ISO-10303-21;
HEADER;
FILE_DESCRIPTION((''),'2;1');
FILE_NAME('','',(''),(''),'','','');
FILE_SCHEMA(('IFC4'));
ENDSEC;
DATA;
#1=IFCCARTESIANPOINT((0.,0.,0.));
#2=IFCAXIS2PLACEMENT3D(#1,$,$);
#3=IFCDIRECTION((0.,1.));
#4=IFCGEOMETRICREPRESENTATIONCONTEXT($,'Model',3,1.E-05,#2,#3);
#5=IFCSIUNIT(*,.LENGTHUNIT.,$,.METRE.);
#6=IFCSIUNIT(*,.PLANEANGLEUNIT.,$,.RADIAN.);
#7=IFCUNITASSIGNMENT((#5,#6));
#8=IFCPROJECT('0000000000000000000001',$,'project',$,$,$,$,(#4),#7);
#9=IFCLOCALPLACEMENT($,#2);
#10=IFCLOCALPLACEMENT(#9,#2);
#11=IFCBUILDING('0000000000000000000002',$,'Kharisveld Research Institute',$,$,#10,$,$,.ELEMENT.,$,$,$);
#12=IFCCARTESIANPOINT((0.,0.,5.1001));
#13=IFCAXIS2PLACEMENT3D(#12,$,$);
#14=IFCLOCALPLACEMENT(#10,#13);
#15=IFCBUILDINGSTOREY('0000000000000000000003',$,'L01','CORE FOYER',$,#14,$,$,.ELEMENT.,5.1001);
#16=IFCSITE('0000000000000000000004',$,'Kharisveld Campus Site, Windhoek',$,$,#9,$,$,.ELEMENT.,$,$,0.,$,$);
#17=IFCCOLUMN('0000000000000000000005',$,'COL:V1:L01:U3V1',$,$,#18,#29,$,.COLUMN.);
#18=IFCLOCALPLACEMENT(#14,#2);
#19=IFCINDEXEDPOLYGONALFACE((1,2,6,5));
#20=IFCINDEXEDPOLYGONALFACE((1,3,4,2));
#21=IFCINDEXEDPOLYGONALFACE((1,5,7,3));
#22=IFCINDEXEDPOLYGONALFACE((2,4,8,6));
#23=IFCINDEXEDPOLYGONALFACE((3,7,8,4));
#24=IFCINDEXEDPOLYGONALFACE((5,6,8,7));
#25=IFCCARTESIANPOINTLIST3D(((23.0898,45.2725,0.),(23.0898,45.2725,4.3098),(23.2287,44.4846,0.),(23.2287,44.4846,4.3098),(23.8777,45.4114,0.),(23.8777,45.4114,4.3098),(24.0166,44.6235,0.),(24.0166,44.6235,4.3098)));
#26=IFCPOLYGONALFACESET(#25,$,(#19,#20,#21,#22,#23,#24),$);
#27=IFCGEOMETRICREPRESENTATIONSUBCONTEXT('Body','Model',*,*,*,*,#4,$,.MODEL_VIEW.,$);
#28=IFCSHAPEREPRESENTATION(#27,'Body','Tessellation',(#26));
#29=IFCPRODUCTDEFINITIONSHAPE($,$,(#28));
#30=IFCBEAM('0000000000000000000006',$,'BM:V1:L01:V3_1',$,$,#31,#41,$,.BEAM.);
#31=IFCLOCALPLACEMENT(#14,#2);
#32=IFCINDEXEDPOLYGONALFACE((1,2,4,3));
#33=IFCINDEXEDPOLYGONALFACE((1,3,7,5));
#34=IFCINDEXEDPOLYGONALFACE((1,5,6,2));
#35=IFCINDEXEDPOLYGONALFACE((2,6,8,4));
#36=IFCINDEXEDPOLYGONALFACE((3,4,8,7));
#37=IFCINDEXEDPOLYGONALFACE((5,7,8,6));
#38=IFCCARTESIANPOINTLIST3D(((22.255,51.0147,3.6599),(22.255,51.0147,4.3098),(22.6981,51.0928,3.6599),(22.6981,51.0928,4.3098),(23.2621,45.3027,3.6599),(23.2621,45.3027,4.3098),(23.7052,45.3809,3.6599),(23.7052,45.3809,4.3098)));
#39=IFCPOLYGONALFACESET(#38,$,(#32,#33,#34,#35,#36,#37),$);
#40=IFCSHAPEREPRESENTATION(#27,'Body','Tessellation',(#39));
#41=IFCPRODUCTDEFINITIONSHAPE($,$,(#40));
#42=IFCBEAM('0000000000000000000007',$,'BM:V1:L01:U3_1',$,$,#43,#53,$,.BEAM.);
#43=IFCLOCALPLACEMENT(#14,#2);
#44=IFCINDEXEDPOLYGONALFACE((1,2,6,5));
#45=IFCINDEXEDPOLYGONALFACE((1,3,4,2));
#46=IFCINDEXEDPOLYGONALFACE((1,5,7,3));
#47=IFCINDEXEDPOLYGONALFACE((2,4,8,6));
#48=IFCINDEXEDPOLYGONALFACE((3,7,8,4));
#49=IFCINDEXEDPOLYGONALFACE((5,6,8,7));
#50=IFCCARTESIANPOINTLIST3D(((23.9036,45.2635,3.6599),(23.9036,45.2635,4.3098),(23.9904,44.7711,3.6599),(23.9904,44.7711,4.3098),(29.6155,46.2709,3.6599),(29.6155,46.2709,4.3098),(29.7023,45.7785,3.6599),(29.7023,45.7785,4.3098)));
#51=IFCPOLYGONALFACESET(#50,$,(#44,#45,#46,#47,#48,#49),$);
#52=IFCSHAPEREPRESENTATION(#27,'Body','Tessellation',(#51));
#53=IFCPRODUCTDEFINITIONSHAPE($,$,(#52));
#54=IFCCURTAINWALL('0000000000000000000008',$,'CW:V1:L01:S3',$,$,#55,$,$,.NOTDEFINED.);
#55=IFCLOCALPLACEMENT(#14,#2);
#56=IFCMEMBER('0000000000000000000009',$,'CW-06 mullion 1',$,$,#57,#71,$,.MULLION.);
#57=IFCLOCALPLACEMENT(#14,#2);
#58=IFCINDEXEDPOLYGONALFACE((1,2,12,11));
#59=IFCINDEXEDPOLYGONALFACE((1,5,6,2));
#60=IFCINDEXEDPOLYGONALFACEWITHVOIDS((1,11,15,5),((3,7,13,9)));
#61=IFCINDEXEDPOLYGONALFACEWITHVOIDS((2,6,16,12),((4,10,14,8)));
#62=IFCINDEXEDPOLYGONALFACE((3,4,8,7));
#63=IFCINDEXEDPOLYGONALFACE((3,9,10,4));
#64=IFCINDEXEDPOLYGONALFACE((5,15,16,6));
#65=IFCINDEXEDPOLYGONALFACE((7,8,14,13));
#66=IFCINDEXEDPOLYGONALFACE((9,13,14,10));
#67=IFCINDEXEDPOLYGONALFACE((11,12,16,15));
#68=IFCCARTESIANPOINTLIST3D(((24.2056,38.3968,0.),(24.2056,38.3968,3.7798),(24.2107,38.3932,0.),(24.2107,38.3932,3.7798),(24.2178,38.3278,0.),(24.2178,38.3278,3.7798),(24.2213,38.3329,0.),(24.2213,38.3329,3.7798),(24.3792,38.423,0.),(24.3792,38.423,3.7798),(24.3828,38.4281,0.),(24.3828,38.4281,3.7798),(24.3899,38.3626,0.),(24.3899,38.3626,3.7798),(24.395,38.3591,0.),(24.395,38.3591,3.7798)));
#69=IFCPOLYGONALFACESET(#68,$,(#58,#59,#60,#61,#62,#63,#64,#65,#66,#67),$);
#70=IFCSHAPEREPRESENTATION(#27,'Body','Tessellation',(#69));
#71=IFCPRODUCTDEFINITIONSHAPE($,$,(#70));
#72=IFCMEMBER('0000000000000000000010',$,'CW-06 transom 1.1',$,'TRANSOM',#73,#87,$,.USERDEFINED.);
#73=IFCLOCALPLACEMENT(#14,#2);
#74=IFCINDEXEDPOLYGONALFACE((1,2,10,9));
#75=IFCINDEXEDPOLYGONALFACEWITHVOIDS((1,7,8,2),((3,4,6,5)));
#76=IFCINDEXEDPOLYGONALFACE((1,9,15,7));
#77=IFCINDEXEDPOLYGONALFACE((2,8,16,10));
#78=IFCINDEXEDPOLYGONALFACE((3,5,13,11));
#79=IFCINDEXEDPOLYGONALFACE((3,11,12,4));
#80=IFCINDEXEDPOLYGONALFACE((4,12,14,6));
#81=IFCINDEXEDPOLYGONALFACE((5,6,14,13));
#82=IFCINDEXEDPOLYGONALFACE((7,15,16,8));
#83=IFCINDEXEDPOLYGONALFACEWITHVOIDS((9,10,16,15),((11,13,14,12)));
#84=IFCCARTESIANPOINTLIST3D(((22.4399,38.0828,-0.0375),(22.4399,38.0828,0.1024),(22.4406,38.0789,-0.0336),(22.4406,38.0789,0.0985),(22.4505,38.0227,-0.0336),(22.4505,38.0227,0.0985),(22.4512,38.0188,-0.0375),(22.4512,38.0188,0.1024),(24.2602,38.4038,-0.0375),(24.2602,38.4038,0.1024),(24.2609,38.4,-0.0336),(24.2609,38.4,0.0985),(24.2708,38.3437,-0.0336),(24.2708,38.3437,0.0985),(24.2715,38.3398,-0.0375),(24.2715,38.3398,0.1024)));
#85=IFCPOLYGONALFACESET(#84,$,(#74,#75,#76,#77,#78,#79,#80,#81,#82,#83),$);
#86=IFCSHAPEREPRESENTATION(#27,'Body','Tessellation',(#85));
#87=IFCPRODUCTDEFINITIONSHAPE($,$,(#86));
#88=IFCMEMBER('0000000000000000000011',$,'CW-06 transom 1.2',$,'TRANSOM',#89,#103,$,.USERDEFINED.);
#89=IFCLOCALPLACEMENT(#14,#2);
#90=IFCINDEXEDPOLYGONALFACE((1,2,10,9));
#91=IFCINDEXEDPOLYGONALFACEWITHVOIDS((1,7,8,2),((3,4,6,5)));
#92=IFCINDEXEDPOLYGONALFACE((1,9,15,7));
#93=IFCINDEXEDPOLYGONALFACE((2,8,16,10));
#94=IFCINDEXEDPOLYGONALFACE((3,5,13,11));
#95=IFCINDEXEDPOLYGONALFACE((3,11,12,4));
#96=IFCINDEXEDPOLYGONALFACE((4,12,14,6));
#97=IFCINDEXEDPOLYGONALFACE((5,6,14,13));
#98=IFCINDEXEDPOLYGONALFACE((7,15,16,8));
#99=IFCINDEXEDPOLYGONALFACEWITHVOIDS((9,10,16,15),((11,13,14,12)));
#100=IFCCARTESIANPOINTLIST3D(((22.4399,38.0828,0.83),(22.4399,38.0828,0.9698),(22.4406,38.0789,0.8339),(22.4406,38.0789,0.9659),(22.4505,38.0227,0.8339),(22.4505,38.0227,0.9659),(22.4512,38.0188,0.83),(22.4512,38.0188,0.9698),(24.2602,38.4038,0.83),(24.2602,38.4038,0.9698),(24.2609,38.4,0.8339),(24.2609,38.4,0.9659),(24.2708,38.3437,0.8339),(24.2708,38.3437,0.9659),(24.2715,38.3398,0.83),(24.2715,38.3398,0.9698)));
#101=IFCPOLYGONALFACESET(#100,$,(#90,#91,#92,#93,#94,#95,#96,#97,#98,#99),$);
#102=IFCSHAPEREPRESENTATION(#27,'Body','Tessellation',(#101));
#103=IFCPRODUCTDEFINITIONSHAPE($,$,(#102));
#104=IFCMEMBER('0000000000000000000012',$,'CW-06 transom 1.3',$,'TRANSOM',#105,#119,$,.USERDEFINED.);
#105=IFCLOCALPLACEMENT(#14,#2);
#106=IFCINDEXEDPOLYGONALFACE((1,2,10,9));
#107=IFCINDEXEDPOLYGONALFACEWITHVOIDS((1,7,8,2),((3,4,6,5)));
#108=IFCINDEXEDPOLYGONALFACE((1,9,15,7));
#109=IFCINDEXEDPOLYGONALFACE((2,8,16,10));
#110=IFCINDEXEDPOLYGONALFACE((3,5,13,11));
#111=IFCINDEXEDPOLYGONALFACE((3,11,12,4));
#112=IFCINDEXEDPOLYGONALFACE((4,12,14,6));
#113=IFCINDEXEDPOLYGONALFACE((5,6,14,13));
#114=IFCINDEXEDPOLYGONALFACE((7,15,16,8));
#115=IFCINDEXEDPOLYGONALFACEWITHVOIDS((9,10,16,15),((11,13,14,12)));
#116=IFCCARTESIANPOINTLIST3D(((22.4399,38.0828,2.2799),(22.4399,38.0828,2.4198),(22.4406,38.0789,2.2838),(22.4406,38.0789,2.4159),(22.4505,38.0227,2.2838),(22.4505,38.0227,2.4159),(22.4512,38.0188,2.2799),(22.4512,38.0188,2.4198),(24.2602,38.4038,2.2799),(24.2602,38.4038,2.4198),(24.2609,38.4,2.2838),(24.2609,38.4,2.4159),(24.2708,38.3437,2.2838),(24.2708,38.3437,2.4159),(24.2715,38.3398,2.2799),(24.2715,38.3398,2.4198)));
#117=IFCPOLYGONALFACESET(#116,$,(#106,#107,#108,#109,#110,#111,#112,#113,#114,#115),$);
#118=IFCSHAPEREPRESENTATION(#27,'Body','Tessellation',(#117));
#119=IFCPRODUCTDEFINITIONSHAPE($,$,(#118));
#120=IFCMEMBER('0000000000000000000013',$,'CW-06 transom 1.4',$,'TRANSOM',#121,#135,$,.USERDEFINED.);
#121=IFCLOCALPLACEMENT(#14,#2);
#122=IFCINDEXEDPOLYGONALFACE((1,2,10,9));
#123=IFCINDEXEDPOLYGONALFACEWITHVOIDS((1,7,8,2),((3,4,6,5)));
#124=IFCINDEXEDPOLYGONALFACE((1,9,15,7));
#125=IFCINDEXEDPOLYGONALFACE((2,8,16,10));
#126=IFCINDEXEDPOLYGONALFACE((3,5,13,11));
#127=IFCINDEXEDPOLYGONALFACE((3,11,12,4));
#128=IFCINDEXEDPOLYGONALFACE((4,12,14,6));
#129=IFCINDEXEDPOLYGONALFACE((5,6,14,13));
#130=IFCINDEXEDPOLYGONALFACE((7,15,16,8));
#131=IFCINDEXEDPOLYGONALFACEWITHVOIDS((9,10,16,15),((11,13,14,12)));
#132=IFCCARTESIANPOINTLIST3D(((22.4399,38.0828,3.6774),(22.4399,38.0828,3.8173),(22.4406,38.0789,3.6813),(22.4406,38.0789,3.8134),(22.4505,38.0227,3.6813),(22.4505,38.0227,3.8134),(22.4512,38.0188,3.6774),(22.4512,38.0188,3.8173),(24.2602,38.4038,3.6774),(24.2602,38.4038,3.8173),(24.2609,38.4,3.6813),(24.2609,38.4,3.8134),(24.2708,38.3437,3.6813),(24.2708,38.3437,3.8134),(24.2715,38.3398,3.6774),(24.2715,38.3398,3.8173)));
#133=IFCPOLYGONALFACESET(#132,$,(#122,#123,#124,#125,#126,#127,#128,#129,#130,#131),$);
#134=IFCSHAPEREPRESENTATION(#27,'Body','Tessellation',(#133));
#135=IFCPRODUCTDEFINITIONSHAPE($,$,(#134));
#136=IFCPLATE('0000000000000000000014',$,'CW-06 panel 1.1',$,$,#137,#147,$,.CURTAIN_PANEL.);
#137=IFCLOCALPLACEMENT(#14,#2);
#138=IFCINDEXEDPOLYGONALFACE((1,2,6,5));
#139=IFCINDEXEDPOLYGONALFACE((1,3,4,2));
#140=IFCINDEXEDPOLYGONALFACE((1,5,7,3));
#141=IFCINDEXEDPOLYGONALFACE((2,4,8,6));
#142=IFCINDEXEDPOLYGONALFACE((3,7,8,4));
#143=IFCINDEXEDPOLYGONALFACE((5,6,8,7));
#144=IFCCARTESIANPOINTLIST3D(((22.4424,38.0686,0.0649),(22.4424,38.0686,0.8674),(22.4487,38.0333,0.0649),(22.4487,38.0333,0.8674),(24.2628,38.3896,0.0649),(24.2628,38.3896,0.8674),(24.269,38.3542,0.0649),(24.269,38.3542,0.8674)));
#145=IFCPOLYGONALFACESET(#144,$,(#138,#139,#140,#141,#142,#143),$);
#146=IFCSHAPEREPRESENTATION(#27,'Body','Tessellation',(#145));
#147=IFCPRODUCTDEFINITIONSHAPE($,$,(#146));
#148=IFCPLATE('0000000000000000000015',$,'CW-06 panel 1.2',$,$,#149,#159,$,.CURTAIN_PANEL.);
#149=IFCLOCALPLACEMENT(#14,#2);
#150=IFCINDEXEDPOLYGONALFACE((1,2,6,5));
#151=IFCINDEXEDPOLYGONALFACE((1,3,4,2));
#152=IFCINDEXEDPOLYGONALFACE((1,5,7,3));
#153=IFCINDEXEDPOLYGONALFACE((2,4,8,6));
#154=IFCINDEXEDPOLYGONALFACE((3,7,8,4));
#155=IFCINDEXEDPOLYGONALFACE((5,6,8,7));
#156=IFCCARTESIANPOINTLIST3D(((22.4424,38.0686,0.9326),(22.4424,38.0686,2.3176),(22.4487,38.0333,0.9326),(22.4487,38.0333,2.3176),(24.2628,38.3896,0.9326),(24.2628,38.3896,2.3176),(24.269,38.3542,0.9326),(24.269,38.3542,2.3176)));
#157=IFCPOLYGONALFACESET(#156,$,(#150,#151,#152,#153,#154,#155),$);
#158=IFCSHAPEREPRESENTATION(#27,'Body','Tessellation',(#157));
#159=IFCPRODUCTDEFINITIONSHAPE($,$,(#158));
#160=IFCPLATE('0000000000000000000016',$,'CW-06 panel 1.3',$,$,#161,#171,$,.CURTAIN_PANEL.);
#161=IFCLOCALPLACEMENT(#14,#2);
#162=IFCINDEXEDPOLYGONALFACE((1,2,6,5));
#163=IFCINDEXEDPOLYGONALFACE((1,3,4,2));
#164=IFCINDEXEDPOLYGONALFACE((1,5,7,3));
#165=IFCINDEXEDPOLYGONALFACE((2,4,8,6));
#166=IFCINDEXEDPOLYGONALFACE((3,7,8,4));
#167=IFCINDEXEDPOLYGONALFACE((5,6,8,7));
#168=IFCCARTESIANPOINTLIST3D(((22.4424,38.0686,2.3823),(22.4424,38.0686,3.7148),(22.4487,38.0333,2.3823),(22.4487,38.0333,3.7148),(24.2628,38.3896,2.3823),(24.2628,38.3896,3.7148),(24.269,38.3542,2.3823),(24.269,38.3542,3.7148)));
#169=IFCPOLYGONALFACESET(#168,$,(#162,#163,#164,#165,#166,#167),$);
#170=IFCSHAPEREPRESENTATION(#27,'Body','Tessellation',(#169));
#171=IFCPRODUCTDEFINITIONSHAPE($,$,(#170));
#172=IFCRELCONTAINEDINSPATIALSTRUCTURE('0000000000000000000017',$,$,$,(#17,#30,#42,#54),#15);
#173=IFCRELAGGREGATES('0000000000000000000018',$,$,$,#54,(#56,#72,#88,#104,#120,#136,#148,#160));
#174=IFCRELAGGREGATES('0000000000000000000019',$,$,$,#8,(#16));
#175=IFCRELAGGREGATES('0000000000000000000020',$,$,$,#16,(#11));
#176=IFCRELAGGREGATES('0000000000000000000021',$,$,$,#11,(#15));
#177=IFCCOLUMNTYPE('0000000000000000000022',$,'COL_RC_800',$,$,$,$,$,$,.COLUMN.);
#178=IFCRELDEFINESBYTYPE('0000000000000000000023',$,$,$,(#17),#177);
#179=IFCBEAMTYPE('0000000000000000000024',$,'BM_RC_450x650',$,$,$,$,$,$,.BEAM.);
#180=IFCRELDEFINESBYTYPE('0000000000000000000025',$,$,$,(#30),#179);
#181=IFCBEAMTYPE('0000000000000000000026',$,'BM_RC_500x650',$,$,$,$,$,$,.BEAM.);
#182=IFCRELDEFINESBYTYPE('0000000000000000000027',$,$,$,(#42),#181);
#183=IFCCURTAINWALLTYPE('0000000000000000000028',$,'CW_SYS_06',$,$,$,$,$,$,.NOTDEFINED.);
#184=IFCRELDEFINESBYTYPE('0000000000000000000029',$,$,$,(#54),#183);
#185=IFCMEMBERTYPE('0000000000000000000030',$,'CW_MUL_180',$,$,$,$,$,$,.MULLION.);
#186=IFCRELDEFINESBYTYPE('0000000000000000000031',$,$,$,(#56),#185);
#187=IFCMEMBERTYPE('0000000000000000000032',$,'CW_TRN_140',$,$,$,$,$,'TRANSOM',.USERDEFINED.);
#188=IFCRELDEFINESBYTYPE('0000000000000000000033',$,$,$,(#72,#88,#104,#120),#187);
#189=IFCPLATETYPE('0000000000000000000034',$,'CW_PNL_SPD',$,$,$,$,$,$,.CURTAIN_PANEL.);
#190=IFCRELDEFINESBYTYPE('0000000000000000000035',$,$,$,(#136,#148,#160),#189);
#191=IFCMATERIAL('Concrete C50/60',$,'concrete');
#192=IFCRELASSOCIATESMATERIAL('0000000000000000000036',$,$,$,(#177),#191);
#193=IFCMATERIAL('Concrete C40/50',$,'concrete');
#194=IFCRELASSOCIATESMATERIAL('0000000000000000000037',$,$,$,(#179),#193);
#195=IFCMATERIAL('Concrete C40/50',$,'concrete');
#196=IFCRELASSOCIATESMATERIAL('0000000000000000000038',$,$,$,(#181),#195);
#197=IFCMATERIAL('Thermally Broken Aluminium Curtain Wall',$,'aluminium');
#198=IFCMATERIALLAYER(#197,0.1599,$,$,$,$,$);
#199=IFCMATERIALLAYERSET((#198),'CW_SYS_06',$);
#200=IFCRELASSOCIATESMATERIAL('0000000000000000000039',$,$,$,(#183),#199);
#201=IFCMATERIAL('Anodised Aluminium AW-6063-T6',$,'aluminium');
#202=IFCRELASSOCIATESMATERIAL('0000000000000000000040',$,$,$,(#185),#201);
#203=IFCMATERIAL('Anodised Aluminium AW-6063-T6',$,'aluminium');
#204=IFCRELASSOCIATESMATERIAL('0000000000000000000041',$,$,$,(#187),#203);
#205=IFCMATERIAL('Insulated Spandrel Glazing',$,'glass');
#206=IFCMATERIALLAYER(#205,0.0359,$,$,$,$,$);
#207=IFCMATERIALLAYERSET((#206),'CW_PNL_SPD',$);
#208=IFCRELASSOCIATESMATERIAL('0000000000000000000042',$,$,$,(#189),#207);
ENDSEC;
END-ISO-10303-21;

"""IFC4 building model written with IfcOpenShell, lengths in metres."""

from ifc_helpers import new_model, si_unit, direction, frame, origin, origin_2d, place, context, subcontext, project, spatial, rectangle, hollow_rectangle, extrude, material, layer, layer_set, material_profile, profile_set, type_object, element, aggregate, save


model = new_model("IFC4")

# Units and contexts
model_context = context("Model", 3, precision=1e-05, world=origin(), true_north=direction((0.0, 1.0)))
body_context = subcontext(model_context, "Body", "Model", "MODEL_VIEW")
ifc_project = project(units=[si_unit("LENGTHUNIT", "METRE"), si_unit("PLANEANGLEUNIT", "RADIAN")], contexts=[model_context])

# Site, building, storey
site_placement = place(None, origin())
site = spatial("IfcSite", under=ifc_project, at=site_placement, Name="Kharisveld Campus Site, Windhoek", CompositionType="ELEMENT", RefElevation=0.0)
building_placement = place(site_placement, origin())
building = spatial("IfcBuilding", under=site, at=building_placement, Name="Kharisveld Research Institute", CompositionType="ELEMENT")
storey_placement = place(building_placement, frame((0.0, 0.0, 5.1001)))
storey = spatial("IfcBuildingStorey", under=building, at=storey_placement, Name="L01", Description="CORE FOYER", CompositionType="ELEMENT", Elevation=5.1001)

# Column
ifc_material_1 = material(Name="Concrete C50/60", Category="concrete")
ifc_material_profile_1 = material_profile(ifc_material_1, rectangle(XDim=0.8, YDim=0.8, at=origin_2d()))
ifc_profile_set_1 = profile_set([ifc_material_profile_1], Name="Concrete C50/60")
column_type = type_object("IfcColumnType", Name="COL_RC_800", PredefinedType="COLUMN", material=ifc_profile_set_1)
column_placement = place(storey_placement, frame((23.5532, 44.948, 0.0), z_axis=(0.0, 0.0, 1.0), x_axis=(0.984808, 0.173648, 0.0)))
element("IfcColumn", 1, at=column_placement, inside=storey, type_object=column_type, Name="COL:V1:L01:U3V1", PredefinedType="COLUMN", context=body_context, shape_type="SweptSolid", body=[
    extrude(rectangle(XDim=0.8, YDim=0.8, at=origin_2d()), origin(), (0.0, 0.0, 1.0), 4.3098),
])

# Beams
ifc_material_2 = material(Name="Concrete C40/50", Category="concrete")
ifc_material_profile_2 = material_profile(ifc_material_2, rectangle(XDim=0.45, YDim=0.6499, at=origin_2d()))
ifc_profile_set_2 = profile_set([ifc_material_profile_2], Name="Concrete C40/50")
beam_type_1 = type_object("IfcBeamType", Name="BM_RC_450x650", PredefinedType="BEAM", material=ifc_profile_set_2)
beam_1_placement = place(storey_placement, frame((23.4836, 45.3418, 3.9849), z_axis=(-0.173634, 0.98481, 0.0), x_axis=(-0.98481, -0.173634, 0.0)))
element("IfcBeam", 2, at=beam_1_placement, inside=storey, type_object=beam_type_1, Name="BM:V1:L01:V3_1", PredefinedType="BEAM", context=body_context, shape_type="SweptSolid", body=[
    extrude(rectangle(XDim=0.45, YDim=0.6499, at=origin_2d()), origin(), (0.0, 0.0, 1.0), 5.8),
])
ifc_material_3 = material(Name="Concrete C40/50", Category="concrete")
ifc_material_profile_3 = material_profile(ifc_material_3, rectangle(XDim=0.5, YDim=0.6499, at=origin_2d()))
ifc_profile_set_3 = profile_set([ifc_material_profile_3], Name="Concrete C40/50")
beam_type_2 = type_object("IfcBeamType", Name="BM_RC_500x650", PredefinedType="BEAM", material=ifc_profile_set_3)
beam_2_placement = place(storey_placement, frame((23.947, 45.0173, 3.9849), z_axis=(0.984803, 0.173675, 0.0), x_axis=(-0.173675, 0.984803, 0.0)))
element("IfcBeam", 3, at=beam_2_placement, inside=storey, type_object=beam_type_2, Name="BM:V1:L01:U3_1", PredefinedType="BEAM", context=body_context, shape_type="SweptSolid", body=[
    extrude(rectangle(XDim=0.5, YDim=0.6499, at=origin_2d()), origin(), (0.0, 0.0, 1.0), 5.8),
])

# Curtain wall, members, plates
ifc_material_4 = material(Name="Thermally Broken Aluminium Curtain Wall", Category="aluminium")
ifc_layer_1 = layer(ifc_material_4, 0.1599)
ifc_layer_set_1 = layer_set([ifc_layer_1], Name="CW_SYS_06")
curtain_wall_type = type_object("IfcCurtainWallType", Name="CW_SYS_06", PredefinedType="NOTDEFINED", material=ifc_layer_set_1)
curtain_wall_placement = place(storey_placement, origin())
curtain_wall = element("IfcCurtainWall", 4, at=curtain_wall_placement, inside=storey, type_object=curtain_wall_type, Name="CW:V1:L01:S3", PredefinedType="NOTDEFINED")
ifc_material_5 = material(Name="Anodised Aluminium AW-6063-T6", Category="aluminium")
ifc_material_profile_4 = material_profile(ifc_material_5, hollow_rectangle(XDim=0.0701, YDim=0.1799, WallThickness=0.0044, at=origin_2d()))
ifc_profile_set_4 = profile_set([ifc_material_profile_4], Name="Anodised Aluminium AW-6063-T6")
member_type_1 = type_object("IfcMemberType", Name="CW_MUL_180", PredefinedType="MULLION", material=ifc_profile_set_4)
member_1_placement = place(storey_placement, frame((24.3003, 38.3779, 0.0), z_axis=(0.0, 0.0, 1.0), x_axis=(0.173648, -0.984808, 0.0)))
member_1 = element("IfcMember", 5, at=member_1_placement, type_object=member_type_1, Name="CW-06 mullion 1", PredefinedType="MULLION", context=body_context, shape_type="SweptSolid", body=[
    extrude(hollow_rectangle(XDim=0.0701, YDim=0.1799, WallThickness=0.0044, at=origin_2d()), origin(), (0.0, 0.0, 1.0), 3.7798),
])
ifc_material_6 = material(Name="Anodised Aluminium AW-6063-T6", Category="aluminium")
ifc_material_profile_5 = material_profile(ifc_material_6, hollow_rectangle(XDim=0.0649, YDim=0.1399, WallThickness=0.0039, at=origin_2d()))
ifc_profile_set_5 = profile_set([ifc_material_profile_5], Name="Anodised Aluminium AW-6063-T6")
member_type_2 = type_object("IfcMemberType", Name="CW_TRN_140", ElementType="TRANSOM", PredefinedType="USERDEFINED", material=ifc_profile_set_5)
member_2_placement = place(storey_placement, frame((24.2659, 38.3718, 0.0325), z_axis=(-0.984801, -0.173687, 0.0), x_axis=(0.173687, -0.984801, 0.0)))
member_2 = element("IfcMember", 6, at=member_2_placement, type_object=member_type_2, Name="CW-06 transom 1.1", ObjectType="TRANSOM", PredefinedType="USERDEFINED", context=body_context, shape_type="SweptSolid", body=[
    extrude(hollow_rectangle(XDim=0.0649, YDim=0.1399, WallThickness=0.0039, at=origin_2d()), origin(), (0.0, 0.0, 1.0), 1.8484),
])
member_3_placement = place(storey_placement, frame((24.2659, 38.3718, 0.8999), z_axis=(-0.984801, -0.173687, 0.0), x_axis=(0.173687, -0.984801, 0.0)))
member_3 = element("IfcMember", 7, at=member_3_placement, type_object=member_type_2, Name="CW-06 transom 1.2", ObjectType="TRANSOM", PredefinedType="USERDEFINED", context=body_context, shape_type="SweptSolid", body=[
    extrude(hollow_rectangle(XDim=0.0649, YDim=0.1399, WallThickness=0.0039, at=origin_2d()), origin(), (0.0, 0.0, 1.0), 1.8484),
])
member_4_placement = place(storey_placement, frame((24.2659, 38.3718, 2.3499), z_axis=(-0.984801, -0.173687, 0.0), x_axis=(0.173687, -0.984801, 0.0)))
member_4 = element("IfcMember", 8, at=member_4_placement, type_object=member_type_2, Name="CW-06 transom 1.3", ObjectType="TRANSOM", PredefinedType="USERDEFINED", context=body_context, shape_type="SweptSolid", body=[
    extrude(hollow_rectangle(XDim=0.0649, YDim=0.1399, WallThickness=0.0039, at=origin_2d()), origin(), (0.0, 0.0, 1.0), 1.8484),
])
member_5_placement = place(storey_placement, frame((24.2659, 38.3718, 3.7473), z_axis=(-0.984801, -0.173687, 0.0), x_axis=(0.173687, -0.984801, 0.0)))
member_5 = element("IfcMember", 9, at=member_5_placement, type_object=member_type_2, Name="CW-06 transom 1.4", ObjectType="TRANSOM", PredefinedType="USERDEFINED", context=body_context, shape_type="SweptSolid", body=[
    extrude(hollow_rectangle(XDim=0.0649, YDim=0.1399, WallThickness=0.0039, at=origin_2d()), origin(), (0.0, 0.0, 1.0), 1.8484),
])
ifc_material_7 = material(Name="Insulated Spandrel Glazing", Category="glass")
ifc_layer_2 = layer(ifc_material_7, 0.0359)
ifc_layer_set_2 = layer_set([ifc_layer_2], Name="CW_PNL_SPD")
plate_type = type_object("IfcPlateType", Name="CW_PNL_SPD", PredefinedType="CURTAIN_PANEL", material=ifc_layer_set_2)
plate_1_placement = place(storey_placement, frame((23.3557, 38.2114, 0.0649), z_axis=(0.0, 0.0, 1.0), x_axis=(-0.984808, -0.173648, 0.0)))
plate_1 = element("IfcPlate", 10, at=plate_1_placement, type_object=plate_type, Name="CW-06 panel 1.1", PredefinedType="CURTAIN_PANEL", context=body_context, shape_type="SweptSolid", body=[
    extrude(rectangle(XDim=1.8484, YDim=0.0359, at=origin_2d()), origin(), (0.0, 0.0, 1.0), 0.8025),
])
plate_2_placement = place(storey_placement, frame((23.3557, 38.2114, 0.9326), z_axis=(0.0, 0.0, 1.0), x_axis=(-0.984808, -0.173648, 0.0)))
plate_2 = element("IfcPlate", 11, at=plate_2_placement, type_object=plate_type, Name="CW-06 panel 1.2", PredefinedType="CURTAIN_PANEL", context=body_context, shape_type="SweptSolid", body=[
    extrude(rectangle(XDim=1.8484, YDim=0.0359, at=origin_2d()), origin(), (0.0, 0.0, 1.0), 1.385),
])
plate_3_placement = place(storey_placement, frame((23.3557, 38.2114, 2.3823), z_axis=(0.0, 0.0, 1.0), x_axis=(-0.984808, -0.173648, 0.0)))
plate_3 = element("IfcPlate", 12, at=plate_3_placement, type_object=plate_type, Name="CW-06 panel 1.3", PredefinedType="CURTAIN_PANEL", context=body_context, shape_type="SweptSolid", body=[
    extrude(rectangle(XDim=1.8484, YDim=0.0359, at=origin_2d()), origin(), (0.0, 0.0, 1.0), 1.3325),
])
aggregate(curtain_wall, [member_1, member_2, member_3, member_4, member_5, plate_1, plate_2, plate_3])

save(model, "model.ifc")
